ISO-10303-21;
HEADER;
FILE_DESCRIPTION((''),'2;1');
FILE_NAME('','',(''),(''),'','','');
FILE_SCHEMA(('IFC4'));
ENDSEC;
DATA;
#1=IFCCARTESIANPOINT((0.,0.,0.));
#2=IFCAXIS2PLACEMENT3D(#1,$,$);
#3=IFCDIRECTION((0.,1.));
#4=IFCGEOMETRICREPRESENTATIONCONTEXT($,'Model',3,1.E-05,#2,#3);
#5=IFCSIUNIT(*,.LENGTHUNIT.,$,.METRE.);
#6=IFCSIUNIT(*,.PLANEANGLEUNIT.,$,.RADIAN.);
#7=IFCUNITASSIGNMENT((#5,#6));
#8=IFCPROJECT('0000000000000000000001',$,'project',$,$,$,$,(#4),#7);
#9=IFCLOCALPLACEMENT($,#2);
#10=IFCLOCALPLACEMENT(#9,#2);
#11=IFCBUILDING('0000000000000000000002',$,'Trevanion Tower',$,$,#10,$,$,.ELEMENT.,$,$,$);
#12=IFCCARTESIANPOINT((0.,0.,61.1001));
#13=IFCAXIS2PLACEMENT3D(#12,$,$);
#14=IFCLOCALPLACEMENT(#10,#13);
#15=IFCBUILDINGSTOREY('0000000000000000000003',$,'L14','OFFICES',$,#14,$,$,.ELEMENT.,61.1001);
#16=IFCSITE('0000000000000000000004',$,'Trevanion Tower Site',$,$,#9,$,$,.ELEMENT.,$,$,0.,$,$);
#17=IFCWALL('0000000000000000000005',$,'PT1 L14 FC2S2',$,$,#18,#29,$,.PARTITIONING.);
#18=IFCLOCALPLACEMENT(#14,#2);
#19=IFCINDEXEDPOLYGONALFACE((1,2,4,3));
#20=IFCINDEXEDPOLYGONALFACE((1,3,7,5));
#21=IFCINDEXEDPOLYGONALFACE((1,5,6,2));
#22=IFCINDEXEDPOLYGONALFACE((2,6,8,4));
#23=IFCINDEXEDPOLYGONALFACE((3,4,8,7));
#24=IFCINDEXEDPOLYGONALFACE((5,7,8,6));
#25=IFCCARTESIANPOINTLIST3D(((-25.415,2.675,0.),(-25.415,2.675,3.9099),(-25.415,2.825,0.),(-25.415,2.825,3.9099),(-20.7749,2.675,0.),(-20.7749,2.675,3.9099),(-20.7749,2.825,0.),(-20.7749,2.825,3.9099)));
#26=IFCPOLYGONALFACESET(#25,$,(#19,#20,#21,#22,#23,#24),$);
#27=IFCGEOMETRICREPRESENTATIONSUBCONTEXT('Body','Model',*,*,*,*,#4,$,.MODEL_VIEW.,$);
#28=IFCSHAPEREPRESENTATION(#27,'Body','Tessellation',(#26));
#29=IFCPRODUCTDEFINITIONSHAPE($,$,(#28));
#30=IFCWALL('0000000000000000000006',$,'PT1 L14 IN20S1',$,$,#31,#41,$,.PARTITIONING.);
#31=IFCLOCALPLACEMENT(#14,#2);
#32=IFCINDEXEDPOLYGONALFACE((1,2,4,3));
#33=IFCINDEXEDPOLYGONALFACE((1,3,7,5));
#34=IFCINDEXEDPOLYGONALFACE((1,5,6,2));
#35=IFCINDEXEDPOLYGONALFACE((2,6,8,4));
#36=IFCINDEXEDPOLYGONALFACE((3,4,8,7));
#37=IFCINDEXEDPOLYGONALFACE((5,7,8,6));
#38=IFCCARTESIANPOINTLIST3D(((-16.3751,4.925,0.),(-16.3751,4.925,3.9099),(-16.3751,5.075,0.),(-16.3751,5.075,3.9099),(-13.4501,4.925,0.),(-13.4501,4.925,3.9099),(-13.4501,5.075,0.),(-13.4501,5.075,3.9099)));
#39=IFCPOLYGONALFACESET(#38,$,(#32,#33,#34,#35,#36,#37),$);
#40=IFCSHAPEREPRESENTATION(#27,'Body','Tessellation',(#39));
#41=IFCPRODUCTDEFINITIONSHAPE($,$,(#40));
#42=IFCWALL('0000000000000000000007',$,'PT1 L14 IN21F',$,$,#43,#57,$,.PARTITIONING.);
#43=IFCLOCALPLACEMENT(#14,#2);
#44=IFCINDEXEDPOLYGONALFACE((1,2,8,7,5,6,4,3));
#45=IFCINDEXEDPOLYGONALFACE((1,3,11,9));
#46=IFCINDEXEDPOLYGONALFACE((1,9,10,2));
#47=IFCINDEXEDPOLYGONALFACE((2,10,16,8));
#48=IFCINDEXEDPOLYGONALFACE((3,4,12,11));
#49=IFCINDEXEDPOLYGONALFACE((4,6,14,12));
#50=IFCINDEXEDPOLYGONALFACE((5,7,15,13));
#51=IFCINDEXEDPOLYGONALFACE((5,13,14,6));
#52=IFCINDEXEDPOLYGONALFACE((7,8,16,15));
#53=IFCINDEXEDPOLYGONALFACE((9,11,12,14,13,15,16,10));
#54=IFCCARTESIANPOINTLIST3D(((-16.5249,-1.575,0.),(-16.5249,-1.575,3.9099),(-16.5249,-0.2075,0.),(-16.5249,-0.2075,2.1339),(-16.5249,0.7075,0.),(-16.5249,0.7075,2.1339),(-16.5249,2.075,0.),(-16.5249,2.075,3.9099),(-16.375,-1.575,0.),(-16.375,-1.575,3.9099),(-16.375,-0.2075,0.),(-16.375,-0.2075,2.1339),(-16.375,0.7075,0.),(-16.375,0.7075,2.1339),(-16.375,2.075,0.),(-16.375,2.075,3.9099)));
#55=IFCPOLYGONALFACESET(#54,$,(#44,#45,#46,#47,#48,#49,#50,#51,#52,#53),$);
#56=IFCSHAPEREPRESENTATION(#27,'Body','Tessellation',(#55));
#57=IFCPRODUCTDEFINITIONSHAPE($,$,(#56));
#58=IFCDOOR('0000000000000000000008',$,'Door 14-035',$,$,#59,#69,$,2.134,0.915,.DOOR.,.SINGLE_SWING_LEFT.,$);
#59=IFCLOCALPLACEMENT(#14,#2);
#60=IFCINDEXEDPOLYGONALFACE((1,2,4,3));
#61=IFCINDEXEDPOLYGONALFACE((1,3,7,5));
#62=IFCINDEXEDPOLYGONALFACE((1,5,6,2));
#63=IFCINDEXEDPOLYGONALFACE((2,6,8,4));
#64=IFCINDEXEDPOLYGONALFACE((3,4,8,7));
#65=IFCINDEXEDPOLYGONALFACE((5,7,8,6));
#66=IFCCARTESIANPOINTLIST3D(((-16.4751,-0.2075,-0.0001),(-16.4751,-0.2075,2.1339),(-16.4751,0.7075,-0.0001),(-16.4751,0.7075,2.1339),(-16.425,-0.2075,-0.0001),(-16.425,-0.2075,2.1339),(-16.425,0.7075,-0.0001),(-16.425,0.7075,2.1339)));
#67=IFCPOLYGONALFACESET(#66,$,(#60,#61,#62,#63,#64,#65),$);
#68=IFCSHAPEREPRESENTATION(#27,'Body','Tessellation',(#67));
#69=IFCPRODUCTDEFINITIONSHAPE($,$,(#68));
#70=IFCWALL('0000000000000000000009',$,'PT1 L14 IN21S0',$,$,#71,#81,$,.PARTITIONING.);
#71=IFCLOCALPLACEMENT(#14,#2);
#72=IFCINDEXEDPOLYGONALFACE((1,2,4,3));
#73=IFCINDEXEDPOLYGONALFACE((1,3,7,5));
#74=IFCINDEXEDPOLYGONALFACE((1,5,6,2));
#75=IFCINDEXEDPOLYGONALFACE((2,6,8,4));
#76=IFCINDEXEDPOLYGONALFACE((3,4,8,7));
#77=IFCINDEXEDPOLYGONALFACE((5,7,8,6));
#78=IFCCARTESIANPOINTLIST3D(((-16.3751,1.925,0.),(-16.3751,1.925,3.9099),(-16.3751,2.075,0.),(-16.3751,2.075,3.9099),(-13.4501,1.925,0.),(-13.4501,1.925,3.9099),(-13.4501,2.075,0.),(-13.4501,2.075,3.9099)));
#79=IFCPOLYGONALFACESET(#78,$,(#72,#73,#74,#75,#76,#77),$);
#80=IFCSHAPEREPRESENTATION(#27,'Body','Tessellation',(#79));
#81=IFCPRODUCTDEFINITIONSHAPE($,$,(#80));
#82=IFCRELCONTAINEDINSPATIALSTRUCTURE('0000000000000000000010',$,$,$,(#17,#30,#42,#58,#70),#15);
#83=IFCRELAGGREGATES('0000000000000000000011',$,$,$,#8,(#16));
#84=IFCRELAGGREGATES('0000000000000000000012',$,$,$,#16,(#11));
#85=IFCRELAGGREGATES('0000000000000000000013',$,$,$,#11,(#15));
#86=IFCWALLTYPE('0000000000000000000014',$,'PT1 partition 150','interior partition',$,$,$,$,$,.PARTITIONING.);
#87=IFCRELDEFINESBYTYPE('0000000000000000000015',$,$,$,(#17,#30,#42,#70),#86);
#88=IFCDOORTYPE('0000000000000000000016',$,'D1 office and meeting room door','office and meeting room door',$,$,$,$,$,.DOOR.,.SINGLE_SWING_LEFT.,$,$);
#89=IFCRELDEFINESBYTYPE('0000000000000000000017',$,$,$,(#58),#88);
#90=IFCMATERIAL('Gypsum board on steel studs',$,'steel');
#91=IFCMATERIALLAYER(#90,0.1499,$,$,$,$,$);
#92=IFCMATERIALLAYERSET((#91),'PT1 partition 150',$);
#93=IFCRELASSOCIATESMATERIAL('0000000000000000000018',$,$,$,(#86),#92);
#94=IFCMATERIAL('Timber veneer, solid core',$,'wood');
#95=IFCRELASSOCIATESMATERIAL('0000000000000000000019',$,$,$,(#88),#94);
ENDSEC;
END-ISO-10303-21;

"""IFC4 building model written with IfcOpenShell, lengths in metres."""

from ifc_helpers import new_model, si_unit, direction, frame, frame_2d, origin, place, context, subcontext, project, spatial, rectangle, extrude, material, layer, layer_set, type_object, element, fill, save


model = new_model("IFC4")

# Units and contexts
model_context = context("Model", 3, precision=1e-05, world=origin(), true_north=direction((0.0, 1.0)))
body_context = subcontext(model_context, "Body", "Model", "MODEL_VIEW")
ifc_project = project(units=[si_unit("LENGTHUNIT", "METRE"), si_unit("PLANEANGLEUNIT", "RADIAN")], contexts=[model_context])

# Site, building, storey
site_placement = place(None, origin())
site = spatial("IfcSite", under=ifc_project, at=site_placement, Name="Trevanion Tower Site", CompositionType="ELEMENT", RefElevation=0.0)
building_placement = place(site_placement, origin())
building = spatial("IfcBuilding", under=site, at=building_placement, Name="Trevanion Tower", CompositionType="ELEMENT")
storey_placement = place(building_placement, frame((0.0, 0.0, 61.1001)))
storey = spatial("IfcBuildingStorey", under=building, at=storey_placement, Name="L14", Description="OFFICES", CompositionType="ELEMENT", Elevation=61.1001)

# Walls
ifc_material_1 = material(Name="Gypsum board on steel studs", Category="steel")
ifc_layer_1 = layer(ifc_material_1, 0.1499)
ifc_layer_set_1 = layer_set([ifc_layer_1], Name="PT1 partition 150")
wall_type = type_object("IfcWallType", Name="PT1 partition 150", Description="interior partition", PredefinedType="PARTITIONING", material=ifc_layer_set_1)
for number, where, z_axis, x_axis, name in (
    (1, (-20.7749, 2.75, 0.0), (0.0, 0.0, 1.0), (-1.0, 0.0, 0.0), "PT1 L14 FC2S2"),
):
    element("IfcWall", number, at=place(storey_placement, frame(where, z_axis=z_axis, x_axis=x_axis)), inside=storey, type_object=wall_type, Name=name, PredefinedType="PARTITIONING", context=body_context, shape_type="SweptSolid", body=[
        extrude(rectangle(XDim=4.6401, YDim=0.1499, at=frame_2d((2.3201, 0.0))), origin(), (0.0, 0.0, 1.0), 3.9099),
    ])
wall_1_placement = place(storey_placement, frame((-16.375, 5.0, 0.0), z_axis=(0.0, 0.0, 1.0), x_axis=(1.0, 0.0, 0.0)))
element("IfcWall", 2, at=wall_1_placement, inside=storey, type_object=wall_type, Name="PT1 L14 IN20S1", PredefinedType="PARTITIONING", context=body_context, shape_type="SweptSolid", body=[
    extrude(rectangle(XDim=2.925, YDim=0.1499, at=frame_2d((1.4624, 0.0))), origin(), (0.0, 0.0, 1.0), 3.9099),
])

# Wall, opening, door
wall_2_placement = place(storey_placement, frame((-16.45, 2.075, 0.0), z_axis=(0.0, 0.0, 1.0), x_axis=(0.0, -1.0, 0.0)))
wall_2 = element("IfcWall", 3, at=wall_2_placement, inside=storey, type_object=wall_type, Name="PT1 L14 IN21F", PredefinedType="PARTITIONING", context=body_context, shape_type="SweptSolid", body=[
    extrude(rectangle(XDim=3.6499, YDim=0.1499, at=frame_2d((1.825, 0.0))), origin(), (0.0, 0.0, 1.0), 3.9099),
])
opening_placement = place(wall_2_placement, frame((1.3674, 0.0, 0.0)))
opening = element("IfcOpeningElement", 4, at=opening_placement, cuts=wall_2, PredefinedType="OPENING", context=body_context, shape_type="SweptSolid", body=[
    extrude(rectangle(XDim=0.915, YDim=2.134, at=frame_2d((0.4575, 1.0669))), frame((0.0, 0.085, 0.0), z_axis=(0.0, -1.0, 0.0), x_axis=(1.0, 0.0, 0.0)), (0.0, 0.0, 1.0), 0.1699),
])
ifc_material_2 = material(Name="Timber veneer, solid core", Category="wood")
door_type = type_object("IfcDoorType", Name="D1 office and meeting room door", Description="office and meeting room door", OperationType="SINGLE_SWING_LEFT", PredefinedType="DOOR", material=ifc_material_2)
door_placement = place(opening_placement, origin())
door = element("IfcDoor", 5, at=door_placement, inside=storey, type_object=door_type, Name="Door 14-035", OperationType="SINGLE_SWING_LEFT", OverallHeight=2.134, OverallWidth=0.915, PredefinedType="DOOR", context=body_context, shape_type="SweptSolid", body=[
    extrude(rectangle(XDim=0.915, YDim=2.134, at=frame_2d((0.4575, 1.0669))), frame((0.0, 0.0249, 0.0), z_axis=(0.0, -1.0, 0.0), x_axis=(1.0, 0.0, 0.0)), (0.0, 0.0, 1.0), 0.05),
])
fill(opening, door)

# Wall
wall_3_placement = place(storey_placement, frame((-16.375, 2.0, 0.0), z_axis=(0.0, 0.0, 1.0), x_axis=(1.0, 0.0, 0.0)))
element("IfcWall", 6, at=wall_3_placement, inside=storey, type_object=wall_type, Name="PT1 L14 IN21S0", PredefinedType="PARTITIONING", context=body_context, shape_type="SweptSolid", body=[
    extrude(rectangle(XDim=2.925, YDim=0.1499, at=frame_2d((1.4624, 0.0))), origin(), (0.0, 0.0, 1.0), 3.9099),
])

save(model, "model.ifc")
